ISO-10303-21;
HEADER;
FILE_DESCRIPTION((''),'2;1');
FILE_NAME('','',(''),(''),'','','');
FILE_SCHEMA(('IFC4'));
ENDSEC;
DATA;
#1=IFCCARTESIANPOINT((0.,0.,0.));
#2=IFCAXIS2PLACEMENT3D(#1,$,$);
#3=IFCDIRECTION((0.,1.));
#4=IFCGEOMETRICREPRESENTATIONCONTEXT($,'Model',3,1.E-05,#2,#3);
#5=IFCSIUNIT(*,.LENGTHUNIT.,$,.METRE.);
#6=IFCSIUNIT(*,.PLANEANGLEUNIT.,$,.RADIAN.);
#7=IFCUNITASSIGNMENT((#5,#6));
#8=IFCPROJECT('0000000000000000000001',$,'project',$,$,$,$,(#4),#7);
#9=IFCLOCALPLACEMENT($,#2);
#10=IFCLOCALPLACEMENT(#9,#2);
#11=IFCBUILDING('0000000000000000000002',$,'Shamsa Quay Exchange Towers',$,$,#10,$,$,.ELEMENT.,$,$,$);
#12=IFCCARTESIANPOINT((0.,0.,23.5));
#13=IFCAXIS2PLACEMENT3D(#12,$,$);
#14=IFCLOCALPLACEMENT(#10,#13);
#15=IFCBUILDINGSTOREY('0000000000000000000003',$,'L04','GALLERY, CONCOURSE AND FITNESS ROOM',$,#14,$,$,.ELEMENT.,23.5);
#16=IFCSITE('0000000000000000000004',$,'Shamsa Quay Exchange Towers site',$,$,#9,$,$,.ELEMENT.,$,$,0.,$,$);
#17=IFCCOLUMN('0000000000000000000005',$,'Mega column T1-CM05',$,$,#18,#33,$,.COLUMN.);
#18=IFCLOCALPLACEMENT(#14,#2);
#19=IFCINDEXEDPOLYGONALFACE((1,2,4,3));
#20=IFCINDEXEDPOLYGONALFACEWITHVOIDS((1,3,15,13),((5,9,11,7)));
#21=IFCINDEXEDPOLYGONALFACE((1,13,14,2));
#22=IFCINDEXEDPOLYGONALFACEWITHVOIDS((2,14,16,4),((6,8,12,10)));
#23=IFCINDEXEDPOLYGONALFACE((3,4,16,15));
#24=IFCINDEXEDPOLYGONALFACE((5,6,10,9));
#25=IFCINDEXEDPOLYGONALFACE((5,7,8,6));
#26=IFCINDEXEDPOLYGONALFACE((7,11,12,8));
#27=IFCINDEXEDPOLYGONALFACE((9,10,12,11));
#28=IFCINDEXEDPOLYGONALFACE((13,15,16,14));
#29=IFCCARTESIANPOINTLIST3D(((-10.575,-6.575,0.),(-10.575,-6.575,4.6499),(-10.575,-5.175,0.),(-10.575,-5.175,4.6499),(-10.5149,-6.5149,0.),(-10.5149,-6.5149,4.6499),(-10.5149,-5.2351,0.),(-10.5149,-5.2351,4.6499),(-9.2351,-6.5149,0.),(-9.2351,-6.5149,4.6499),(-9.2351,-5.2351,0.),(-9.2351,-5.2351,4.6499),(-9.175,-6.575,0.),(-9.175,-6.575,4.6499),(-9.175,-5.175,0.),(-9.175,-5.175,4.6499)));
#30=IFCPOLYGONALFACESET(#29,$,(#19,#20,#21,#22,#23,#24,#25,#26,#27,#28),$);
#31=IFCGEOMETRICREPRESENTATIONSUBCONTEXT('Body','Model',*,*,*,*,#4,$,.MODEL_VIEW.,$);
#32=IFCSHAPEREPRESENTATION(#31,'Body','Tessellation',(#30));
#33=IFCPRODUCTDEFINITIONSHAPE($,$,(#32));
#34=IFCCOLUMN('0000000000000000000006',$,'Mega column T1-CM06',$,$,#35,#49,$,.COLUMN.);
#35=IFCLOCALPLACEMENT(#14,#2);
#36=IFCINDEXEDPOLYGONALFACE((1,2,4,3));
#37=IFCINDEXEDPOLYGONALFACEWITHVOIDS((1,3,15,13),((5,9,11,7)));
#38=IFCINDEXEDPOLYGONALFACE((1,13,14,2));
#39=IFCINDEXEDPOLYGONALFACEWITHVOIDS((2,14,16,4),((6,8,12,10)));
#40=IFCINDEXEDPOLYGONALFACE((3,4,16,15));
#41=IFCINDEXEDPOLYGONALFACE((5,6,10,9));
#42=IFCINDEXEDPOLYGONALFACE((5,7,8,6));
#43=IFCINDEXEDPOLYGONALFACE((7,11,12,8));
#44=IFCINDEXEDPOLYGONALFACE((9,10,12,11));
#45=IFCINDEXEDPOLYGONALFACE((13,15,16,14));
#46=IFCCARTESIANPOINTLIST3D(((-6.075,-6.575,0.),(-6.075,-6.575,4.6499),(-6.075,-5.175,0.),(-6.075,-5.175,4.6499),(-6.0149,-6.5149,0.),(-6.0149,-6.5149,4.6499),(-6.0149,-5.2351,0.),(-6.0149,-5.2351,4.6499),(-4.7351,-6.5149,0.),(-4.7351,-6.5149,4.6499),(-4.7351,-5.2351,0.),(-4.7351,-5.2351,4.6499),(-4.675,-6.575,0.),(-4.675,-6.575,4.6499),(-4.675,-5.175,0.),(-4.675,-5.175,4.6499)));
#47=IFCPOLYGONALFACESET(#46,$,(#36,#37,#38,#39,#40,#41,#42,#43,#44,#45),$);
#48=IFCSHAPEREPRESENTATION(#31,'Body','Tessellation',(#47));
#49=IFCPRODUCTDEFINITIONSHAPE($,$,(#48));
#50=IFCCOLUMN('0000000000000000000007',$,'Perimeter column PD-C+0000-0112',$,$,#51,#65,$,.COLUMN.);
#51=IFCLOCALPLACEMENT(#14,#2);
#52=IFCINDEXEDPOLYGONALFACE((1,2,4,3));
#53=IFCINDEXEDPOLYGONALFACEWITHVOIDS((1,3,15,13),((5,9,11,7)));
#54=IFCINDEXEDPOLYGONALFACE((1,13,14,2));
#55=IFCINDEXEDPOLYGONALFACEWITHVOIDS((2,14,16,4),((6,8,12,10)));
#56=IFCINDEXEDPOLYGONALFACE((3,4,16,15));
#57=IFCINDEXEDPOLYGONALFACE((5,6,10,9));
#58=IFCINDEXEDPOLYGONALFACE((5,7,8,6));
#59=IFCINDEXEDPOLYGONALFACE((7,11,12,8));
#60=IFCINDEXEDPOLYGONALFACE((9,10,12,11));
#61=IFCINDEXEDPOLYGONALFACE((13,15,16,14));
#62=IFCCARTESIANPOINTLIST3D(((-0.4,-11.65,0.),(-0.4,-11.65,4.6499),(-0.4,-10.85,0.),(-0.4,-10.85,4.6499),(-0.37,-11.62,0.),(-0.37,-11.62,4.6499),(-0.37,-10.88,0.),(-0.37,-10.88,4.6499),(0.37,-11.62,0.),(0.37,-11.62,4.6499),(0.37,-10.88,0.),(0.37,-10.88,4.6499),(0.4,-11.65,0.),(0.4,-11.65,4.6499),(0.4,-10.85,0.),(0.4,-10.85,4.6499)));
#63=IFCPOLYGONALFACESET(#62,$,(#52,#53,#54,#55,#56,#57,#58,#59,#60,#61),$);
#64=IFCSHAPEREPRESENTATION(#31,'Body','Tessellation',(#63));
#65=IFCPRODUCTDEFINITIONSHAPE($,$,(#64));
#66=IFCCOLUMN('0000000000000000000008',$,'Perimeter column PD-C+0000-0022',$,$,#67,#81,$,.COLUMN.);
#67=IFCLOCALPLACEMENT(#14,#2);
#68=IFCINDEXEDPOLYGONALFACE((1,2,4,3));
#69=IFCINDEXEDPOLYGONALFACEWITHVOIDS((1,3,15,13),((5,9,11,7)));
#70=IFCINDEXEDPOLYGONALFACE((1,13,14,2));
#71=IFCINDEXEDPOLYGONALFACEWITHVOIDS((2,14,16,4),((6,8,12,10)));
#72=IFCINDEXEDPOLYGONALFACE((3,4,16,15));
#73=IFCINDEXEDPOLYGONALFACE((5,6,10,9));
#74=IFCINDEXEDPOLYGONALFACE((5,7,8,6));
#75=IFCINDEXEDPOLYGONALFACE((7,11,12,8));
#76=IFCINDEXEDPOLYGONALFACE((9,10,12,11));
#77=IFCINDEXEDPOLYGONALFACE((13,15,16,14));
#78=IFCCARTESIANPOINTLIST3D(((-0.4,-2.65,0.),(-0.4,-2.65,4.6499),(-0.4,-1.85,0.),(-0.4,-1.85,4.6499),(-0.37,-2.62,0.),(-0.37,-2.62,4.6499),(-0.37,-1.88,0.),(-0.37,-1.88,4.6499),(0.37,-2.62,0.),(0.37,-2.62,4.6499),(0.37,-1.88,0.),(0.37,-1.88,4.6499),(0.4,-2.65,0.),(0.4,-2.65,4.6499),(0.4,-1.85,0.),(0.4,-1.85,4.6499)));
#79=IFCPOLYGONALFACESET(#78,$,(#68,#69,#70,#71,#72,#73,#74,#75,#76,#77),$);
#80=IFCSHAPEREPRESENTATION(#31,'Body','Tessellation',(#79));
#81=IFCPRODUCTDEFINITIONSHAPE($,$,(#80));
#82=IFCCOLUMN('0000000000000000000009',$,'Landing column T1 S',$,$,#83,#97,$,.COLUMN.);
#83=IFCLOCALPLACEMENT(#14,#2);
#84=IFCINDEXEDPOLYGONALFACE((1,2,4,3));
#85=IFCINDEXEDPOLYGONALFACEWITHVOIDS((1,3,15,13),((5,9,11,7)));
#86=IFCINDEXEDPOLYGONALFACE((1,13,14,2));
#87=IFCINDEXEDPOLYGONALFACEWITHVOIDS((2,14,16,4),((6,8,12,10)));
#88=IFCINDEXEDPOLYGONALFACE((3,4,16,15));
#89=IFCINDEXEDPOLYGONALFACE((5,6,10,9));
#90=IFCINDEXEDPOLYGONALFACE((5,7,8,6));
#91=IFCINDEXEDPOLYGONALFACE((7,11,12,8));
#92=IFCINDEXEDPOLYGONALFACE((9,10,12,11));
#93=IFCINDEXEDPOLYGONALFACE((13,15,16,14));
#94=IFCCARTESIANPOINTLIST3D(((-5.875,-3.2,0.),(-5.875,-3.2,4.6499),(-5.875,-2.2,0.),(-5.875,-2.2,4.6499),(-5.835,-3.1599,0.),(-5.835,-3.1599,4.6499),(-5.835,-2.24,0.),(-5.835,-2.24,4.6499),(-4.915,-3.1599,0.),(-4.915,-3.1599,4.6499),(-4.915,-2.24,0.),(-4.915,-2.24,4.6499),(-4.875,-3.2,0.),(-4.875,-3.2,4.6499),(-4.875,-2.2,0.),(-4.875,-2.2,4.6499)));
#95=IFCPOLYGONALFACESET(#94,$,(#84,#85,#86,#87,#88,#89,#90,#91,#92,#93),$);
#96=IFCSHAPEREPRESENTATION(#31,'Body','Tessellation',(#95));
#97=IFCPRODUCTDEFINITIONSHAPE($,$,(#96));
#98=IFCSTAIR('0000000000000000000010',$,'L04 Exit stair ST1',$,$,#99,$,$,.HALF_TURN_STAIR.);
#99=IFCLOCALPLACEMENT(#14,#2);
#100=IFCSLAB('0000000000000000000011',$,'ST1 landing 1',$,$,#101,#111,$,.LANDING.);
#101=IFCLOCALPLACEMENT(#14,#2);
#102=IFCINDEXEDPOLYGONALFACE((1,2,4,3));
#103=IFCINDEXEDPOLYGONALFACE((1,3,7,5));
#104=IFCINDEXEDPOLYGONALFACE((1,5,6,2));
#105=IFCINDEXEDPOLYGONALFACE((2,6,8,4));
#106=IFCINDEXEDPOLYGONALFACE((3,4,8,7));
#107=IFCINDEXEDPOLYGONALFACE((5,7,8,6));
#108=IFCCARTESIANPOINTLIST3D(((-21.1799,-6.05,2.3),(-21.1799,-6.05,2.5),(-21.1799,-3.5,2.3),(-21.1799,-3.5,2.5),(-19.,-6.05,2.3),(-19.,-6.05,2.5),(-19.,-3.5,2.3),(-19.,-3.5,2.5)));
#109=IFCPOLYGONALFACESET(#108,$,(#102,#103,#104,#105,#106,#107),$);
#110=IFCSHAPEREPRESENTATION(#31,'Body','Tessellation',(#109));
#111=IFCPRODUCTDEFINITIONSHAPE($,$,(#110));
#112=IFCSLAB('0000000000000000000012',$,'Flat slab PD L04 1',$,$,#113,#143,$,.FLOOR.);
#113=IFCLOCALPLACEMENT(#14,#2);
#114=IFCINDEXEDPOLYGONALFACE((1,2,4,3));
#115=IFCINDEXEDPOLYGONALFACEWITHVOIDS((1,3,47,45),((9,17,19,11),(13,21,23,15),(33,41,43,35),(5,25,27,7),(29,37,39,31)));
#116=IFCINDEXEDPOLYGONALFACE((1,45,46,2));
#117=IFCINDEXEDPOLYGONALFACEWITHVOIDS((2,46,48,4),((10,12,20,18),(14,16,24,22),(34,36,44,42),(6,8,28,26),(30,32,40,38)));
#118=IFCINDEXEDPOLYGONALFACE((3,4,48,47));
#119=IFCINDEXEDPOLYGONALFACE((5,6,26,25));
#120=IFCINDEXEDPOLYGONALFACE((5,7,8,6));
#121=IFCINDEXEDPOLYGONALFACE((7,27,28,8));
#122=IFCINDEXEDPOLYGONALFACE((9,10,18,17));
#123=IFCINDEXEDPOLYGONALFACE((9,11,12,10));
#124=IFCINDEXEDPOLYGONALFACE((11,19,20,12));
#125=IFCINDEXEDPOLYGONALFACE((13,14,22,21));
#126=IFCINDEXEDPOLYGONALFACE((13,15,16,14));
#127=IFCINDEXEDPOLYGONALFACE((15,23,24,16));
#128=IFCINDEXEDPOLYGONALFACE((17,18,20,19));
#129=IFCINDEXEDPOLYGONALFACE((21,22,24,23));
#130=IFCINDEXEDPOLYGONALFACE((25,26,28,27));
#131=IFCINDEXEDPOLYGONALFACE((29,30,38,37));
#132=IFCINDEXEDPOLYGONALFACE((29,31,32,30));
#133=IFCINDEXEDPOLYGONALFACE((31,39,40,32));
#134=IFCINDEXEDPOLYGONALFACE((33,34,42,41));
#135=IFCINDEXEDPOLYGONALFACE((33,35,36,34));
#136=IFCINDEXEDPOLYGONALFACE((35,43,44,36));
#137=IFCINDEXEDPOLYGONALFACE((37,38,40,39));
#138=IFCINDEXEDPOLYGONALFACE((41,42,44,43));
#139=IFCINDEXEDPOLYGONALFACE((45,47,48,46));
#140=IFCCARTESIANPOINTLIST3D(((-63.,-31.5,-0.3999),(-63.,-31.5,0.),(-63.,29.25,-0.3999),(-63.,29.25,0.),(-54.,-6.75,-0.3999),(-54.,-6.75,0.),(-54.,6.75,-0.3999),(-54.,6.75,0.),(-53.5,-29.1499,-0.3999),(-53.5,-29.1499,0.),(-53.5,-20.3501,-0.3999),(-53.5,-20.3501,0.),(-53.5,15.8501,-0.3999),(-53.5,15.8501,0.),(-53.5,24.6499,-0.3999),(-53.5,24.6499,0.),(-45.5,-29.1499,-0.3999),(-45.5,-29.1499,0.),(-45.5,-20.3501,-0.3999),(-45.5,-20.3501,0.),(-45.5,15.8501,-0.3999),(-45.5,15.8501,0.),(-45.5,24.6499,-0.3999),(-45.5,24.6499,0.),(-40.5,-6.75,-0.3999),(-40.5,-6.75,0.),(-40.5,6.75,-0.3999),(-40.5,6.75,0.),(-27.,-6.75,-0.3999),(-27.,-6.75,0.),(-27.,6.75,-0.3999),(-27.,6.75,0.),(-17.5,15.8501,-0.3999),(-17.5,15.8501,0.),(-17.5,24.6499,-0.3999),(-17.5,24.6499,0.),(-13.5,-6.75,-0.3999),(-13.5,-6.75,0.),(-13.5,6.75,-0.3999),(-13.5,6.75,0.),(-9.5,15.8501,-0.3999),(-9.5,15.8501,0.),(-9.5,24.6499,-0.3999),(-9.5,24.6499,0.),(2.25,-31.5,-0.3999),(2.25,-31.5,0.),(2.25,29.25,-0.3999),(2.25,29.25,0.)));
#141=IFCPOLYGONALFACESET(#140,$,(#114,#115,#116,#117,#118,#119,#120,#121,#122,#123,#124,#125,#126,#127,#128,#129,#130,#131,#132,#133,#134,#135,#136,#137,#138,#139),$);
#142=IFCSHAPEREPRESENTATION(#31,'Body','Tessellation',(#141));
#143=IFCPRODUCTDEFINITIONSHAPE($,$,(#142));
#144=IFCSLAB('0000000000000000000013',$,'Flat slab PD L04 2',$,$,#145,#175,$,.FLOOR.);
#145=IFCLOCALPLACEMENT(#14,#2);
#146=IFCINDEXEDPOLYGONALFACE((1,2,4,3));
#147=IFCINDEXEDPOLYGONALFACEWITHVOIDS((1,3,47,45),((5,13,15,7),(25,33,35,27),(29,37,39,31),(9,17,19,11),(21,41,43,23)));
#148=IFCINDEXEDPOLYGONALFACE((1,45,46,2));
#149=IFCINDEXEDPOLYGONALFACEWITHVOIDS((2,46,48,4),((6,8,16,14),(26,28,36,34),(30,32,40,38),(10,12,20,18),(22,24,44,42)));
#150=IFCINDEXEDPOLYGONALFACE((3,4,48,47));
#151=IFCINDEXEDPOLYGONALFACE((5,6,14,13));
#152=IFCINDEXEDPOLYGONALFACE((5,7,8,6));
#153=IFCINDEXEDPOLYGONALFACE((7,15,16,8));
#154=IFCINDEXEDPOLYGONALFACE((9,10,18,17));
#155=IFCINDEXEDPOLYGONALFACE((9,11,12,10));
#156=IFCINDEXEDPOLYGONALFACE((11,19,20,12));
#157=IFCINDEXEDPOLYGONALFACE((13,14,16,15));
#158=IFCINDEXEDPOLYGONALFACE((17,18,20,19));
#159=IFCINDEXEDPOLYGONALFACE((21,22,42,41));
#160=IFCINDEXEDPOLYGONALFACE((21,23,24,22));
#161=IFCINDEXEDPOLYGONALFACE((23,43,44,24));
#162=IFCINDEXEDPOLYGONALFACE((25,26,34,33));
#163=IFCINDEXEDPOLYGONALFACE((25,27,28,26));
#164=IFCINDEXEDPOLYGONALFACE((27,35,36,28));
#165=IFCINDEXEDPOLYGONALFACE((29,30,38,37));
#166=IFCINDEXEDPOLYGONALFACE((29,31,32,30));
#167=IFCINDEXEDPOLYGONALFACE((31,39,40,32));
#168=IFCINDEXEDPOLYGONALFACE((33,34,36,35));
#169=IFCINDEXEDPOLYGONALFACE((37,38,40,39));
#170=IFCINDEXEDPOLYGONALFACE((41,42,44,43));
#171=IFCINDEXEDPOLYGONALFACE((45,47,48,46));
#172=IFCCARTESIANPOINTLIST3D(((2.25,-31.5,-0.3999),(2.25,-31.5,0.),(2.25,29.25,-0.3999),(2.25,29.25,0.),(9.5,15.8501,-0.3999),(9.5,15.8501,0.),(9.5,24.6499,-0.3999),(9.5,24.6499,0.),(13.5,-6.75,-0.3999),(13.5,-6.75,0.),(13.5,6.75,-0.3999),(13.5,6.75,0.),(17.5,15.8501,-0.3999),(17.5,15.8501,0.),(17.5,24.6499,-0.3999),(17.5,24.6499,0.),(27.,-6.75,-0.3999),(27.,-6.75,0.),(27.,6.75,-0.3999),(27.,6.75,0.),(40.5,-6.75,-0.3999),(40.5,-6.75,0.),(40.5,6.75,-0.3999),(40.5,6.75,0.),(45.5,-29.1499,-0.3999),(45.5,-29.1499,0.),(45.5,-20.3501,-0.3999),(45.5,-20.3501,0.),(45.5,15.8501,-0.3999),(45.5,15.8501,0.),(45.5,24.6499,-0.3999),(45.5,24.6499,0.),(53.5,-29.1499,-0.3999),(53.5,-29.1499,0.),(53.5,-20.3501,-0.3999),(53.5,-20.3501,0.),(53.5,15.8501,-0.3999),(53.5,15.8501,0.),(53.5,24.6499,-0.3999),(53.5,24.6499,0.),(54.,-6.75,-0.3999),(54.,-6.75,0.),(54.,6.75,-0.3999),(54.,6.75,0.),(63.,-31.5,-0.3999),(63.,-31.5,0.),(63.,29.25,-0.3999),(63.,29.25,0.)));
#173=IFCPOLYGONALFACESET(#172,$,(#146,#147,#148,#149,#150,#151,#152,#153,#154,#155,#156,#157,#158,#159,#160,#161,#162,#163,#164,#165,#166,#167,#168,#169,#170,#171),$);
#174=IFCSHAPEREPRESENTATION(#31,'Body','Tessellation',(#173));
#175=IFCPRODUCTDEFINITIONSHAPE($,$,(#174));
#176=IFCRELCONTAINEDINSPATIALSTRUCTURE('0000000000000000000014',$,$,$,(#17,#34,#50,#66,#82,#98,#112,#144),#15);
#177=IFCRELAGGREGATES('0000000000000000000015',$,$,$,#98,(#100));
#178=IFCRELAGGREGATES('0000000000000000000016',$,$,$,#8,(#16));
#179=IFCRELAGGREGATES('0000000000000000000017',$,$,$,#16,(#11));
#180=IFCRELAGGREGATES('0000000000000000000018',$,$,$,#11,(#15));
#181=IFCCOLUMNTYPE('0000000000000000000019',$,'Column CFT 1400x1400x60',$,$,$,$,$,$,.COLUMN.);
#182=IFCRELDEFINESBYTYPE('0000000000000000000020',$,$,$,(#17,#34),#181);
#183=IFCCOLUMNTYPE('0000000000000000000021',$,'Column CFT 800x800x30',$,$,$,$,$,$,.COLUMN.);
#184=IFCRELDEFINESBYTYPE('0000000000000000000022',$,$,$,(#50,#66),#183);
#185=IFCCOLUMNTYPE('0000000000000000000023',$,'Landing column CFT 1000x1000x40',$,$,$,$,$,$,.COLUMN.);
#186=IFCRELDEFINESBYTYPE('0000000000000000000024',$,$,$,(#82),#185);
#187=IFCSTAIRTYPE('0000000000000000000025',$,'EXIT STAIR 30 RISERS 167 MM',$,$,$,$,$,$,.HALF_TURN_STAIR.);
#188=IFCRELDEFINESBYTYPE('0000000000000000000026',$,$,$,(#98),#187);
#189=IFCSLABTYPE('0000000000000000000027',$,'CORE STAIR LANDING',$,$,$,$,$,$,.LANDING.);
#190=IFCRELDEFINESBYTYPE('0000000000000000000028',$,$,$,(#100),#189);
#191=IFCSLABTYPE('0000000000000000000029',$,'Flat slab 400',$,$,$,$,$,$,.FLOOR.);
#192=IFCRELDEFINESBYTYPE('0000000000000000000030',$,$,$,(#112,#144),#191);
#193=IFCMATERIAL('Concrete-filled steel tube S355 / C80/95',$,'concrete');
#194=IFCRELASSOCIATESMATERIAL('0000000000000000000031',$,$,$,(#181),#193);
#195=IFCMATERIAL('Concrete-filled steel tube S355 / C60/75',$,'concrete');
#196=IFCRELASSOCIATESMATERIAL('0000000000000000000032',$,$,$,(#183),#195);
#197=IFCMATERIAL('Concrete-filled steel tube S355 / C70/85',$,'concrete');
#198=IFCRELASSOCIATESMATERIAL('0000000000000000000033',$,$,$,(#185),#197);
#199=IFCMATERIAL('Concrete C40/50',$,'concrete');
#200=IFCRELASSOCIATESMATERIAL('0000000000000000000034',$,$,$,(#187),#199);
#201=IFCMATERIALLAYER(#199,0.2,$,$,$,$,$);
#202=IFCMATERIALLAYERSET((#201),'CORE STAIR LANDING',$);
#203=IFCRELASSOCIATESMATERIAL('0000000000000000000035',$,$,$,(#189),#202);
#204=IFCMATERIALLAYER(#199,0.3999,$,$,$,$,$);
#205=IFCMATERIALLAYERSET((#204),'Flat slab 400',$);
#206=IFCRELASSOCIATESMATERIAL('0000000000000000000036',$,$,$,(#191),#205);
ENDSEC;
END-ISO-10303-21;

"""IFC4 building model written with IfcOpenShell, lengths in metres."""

from ifc_helpers import new_model, si_unit, direction, frame, origin, origin_2d, place, context, subcontext, project, spatial, polyline, hollow_rectangle, outline, extrude, material, layer, layer_set, material_profile, profile_set, type_object, element, aggregate, save


model = new_model("IFC4")

# Units and contexts
model_context = context("Model", 3, precision=1e-05, world=origin(), true_north=direction((0.0, 1.0)))
body_context = subcontext(model_context, "Body", "Model", "MODEL_VIEW")
ifc_project = project(units=[si_unit("LENGTHUNIT", "METRE"), si_unit("PLANEANGLEUNIT", "RADIAN")], contexts=[model_context])

# Site, building, storey
site_placement = place(None, origin())
site = spatial("IfcSite", under=ifc_project, at=site_placement, Name="Shamsa Quay Exchange Towers site", CompositionType="ELEMENT", RefElevation=0.0)
building_placement = place(site_placement, origin())
building = spatial("IfcBuilding", under=site, at=building_placement, Name="Shamsa Quay Exchange Towers", CompositionType="ELEMENT")
storey_placement = place(building_placement, frame((0.0, 0.0, 23.5)))
storey = spatial("IfcBuildingStorey", under=building, at=storey_placement, Name="L04", Description="GALLERY, CONCOURSE AND FITNESS ROOM", CompositionType="ELEMENT", Elevation=23.5)

# Columns
ifc_material_1 = material(Name="Concrete-filled steel tube S355 / C80/95", Category="concrete")
ifc_material_profile_1 = material_profile(ifc_material_1, hollow_rectangle(XDim=1.3999, YDim=1.3999, WallThickness=0.0601, at=origin_2d()), Name="CFT 1400x1400x60")
ifc_profile_set_1 = profile_set([ifc_material_profile_1], Name="Concrete-filled steel tube S355 / C80/95")
column_type_1 = type_object("IfcColumnType", Name="Column CFT 1400x1400x60", PredefinedType="COLUMN", material=ifc_profile_set_1)
for number, where, name in (
    (1, (-9.875, -5.875, 0.0), "Mega column T1-CM05"),
    (2, (-5.375, -5.875, 0.0), "Mega column T1-CM06"),
):
    element("IfcColumn", number, at=place(storey_placement, frame(where)), inside=storey, type_object=column_type_1, Name=name, PredefinedType="COLUMN", context=body_context, shape_type="SweptSolid", body=[
        extrude(hollow_rectangle(XDim=1.3999, YDim=1.3999, WallThickness=0.0601, at=origin_2d()), origin(), (0.0, 0.0, 1.0), 4.6499),
    ])
ifc_material_2 = material(Name="Concrete-filled steel tube S355 / C60/75", Category="concrete")
ifc_material_profile_2 = material_profile(ifc_material_2, hollow_rectangle(XDim=0.8, YDim=0.8, WallThickness=0.03, at=origin_2d()), Name="CFT 800x800x30")
ifc_profile_set_2 = profile_set([ifc_material_profile_2], Name="Concrete-filled steel tube S355 / C60/75")
column_type_2 = type_object("IfcColumnType", Name="Column CFT 800x800x30", PredefinedType="COLUMN", material=ifc_profile_set_2)
for number, where, name in (
    (3, (0.0, -11.25, 0.0), "Perimeter column PD-C+0000-0112"),
    (4, (0.0, -2.25, 0.0), "Perimeter column PD-C+0000-0022"),
):
    element("IfcColumn", number, at=place(storey_placement, frame(where)), inside=storey, type_object=column_type_2, Name=name, PredefinedType="COLUMN", context=body_context, shape_type="SweptSolid", body=[
        extrude(hollow_rectangle(XDim=0.8, YDim=0.8, WallThickness=0.03, at=origin_2d()), origin(), (0.0, 0.0, 1.0), 4.6499),
    ])
ifc_material_3 = material(Name="Concrete-filled steel tube S355 / C70/85", Category="concrete")
ifc_material_profile_3 = material_profile(ifc_material_3, hollow_rectangle(XDim=1.0, YDim=1.0, WallThickness=0.04, at=origin_2d()), Name="CFT 1000x1000x40")
ifc_profile_set_3 = profile_set([ifc_material_profile_3], Name="Concrete-filled steel tube S355 / C70/85")
column_type_3 = type_object("IfcColumnType", Name="Landing column CFT 1000x1000x40", PredefinedType="COLUMN", material=ifc_profile_set_3)
column_placement = place(storey_placement, frame((-5.375, -2.7, 0.0)))
element("IfcColumn", 5, at=column_placement, inside=storey, type_object=column_type_3, Name="Landing column T1 S", PredefinedType="COLUMN", context=body_context, shape_type="SweptSolid", body=[
    extrude(hollow_rectangle(XDim=1.0, YDim=1.0, WallThickness=0.04, at=origin_2d()), origin(), (0.0, 0.0, 1.0), 4.6499),
])

# Stair, slab
ifc_material_4 = material(Name="Concrete C40/50", Category="concrete")
stair_type = type_object("IfcStairType", Name="EXIT STAIR 30 RISERS 167 MM", PredefinedType="HALF_TURN_STAIR", material=ifc_material_4)
stair_placement = place(storey_placement, origin())
stair = element("IfcStair", 6, at=stair_placement, inside=storey, type_object=stair_type, Name="L04 Exit stair ST1", PredefinedType="HALF_TURN_STAIR")
ifc_layer_1 = layer(ifc_material_4, 0.2)
ifc_layer_set_1 = layer_set([ifc_layer_1], Name="CORE STAIR LANDING")
slab_type_1 = type_object("IfcSlabType", Name="CORE STAIR LANDING", PredefinedType="LANDING", material=ifc_layer_set_1)
slab_1_placement = place(storey_placement, frame((0.0, 0.0, 2.3)))
slab_1 = element("IfcSlab", 7, at=slab_1_placement, type_object=slab_type_1, Name="ST1 landing 1", PredefinedType="LANDING", context=body_context, shape_type="SweptSolid", body=[
    extrude(outline(polyline([(-21.1799, -6.05), (-19.0, -6.05), (-19.0, -3.5), (-21.1799, -3.5), (-21.1799, -6.05)])), origin(), (0.0, 0.0, 1.0), 0.2),
])
aggregate(stair, [slab_1])

# Slabs
ifc_layer_2 = layer(ifc_material_4, 0.3999)
ifc_layer_set_2 = layer_set([ifc_layer_2], Name="Flat slab 400")
slab_type_2 = type_object("IfcSlabType", Name="Flat slab 400", PredefinedType="FLOOR", material=ifc_layer_set_2)
slab_2_placement = place(storey_placement, frame((0.0, 0.0, -0.3999)))
element("IfcSlab", 8, at=slab_2_placement, inside=storey, type_object=slab_type_2, Name="Flat slab PD L04 1", PredefinedType="FLOOR", context=body_context, shape_type="SweptSolid", body=[
    extrude(outline(polyline([(-63.0, 29.25), (-63.0, -31.5), (2.25, -31.5), (2.25, 29.25), (-63.0, 29.25)]), holes=[polyline([(-53.5, -29.1499), (-45.5, -29.1499), (-45.5, -20.3501), (-53.5, -20.3501), (-53.5, -29.1499)]), polyline([(-54.0, -6.75), (-40.5, -6.75), (-40.5, 6.75), (-54.0, 6.75), (-54.0, -6.75)]), polyline([(-27.0, 6.75), (-27.0, -6.75), (-13.5, -6.75), (-13.5, 6.75), (-27.0, 6.75)]), polyline([(-53.5, 15.8501), (-45.5, 15.8501), (-45.5, 24.6499), (-53.5, 24.6499), (-53.5, 15.8501)]), polyline([(-17.5, 15.8501), (-9.5, 15.8501), (-9.5, 24.6499), (-17.5, 24.6499), (-17.5, 15.8501)])]), origin(), (0.0, 0.0, 1.0), 0.3999),
])
slab_3_placement = place(storey_placement, frame((0.0, 0.0, -0.3999)))
element("IfcSlab", 9, at=slab_3_placement, inside=storey, type_object=slab_type_2, Name="Flat slab PD L04 2", PredefinedType="FLOOR", context=body_context, shape_type="SweptSolid", body=[
    extrude(outline(polyline([(63.0, 29.25), (2.25, 29.25), (2.25, -31.5), (63.0, -31.5), (63.0, 29.25)]), holes=[polyline([(45.5, -29.1499), (53.5, -29.1499), (53.5, -20.3501), (45.5, -20.3501), (45.5, -29.1499)]), polyline([(13.5, 6.75), (13.5, -6.75), (27.0, -6.75), (27.0, 6.75), (13.5, 6.75)]), polyline([(40.5, -6.75), (54.0, -6.75), (54.0, 6.75), (40.5, 6.75), (40.5, -6.75)]), polyline([(9.5, 24.6499), (9.5, 15.8501), (17.5, 15.8501), (17.5, 24.6499), (9.5, 24.6499)]), polyline([(45.5, 24.6499), (45.5, 15.8501), (53.5, 15.8501), (53.5, 24.6499), (45.5, 24.6499)])]), origin(), (0.0, 0.0, 1.0), 0.3999),
])

save(model, "model.ifc")
